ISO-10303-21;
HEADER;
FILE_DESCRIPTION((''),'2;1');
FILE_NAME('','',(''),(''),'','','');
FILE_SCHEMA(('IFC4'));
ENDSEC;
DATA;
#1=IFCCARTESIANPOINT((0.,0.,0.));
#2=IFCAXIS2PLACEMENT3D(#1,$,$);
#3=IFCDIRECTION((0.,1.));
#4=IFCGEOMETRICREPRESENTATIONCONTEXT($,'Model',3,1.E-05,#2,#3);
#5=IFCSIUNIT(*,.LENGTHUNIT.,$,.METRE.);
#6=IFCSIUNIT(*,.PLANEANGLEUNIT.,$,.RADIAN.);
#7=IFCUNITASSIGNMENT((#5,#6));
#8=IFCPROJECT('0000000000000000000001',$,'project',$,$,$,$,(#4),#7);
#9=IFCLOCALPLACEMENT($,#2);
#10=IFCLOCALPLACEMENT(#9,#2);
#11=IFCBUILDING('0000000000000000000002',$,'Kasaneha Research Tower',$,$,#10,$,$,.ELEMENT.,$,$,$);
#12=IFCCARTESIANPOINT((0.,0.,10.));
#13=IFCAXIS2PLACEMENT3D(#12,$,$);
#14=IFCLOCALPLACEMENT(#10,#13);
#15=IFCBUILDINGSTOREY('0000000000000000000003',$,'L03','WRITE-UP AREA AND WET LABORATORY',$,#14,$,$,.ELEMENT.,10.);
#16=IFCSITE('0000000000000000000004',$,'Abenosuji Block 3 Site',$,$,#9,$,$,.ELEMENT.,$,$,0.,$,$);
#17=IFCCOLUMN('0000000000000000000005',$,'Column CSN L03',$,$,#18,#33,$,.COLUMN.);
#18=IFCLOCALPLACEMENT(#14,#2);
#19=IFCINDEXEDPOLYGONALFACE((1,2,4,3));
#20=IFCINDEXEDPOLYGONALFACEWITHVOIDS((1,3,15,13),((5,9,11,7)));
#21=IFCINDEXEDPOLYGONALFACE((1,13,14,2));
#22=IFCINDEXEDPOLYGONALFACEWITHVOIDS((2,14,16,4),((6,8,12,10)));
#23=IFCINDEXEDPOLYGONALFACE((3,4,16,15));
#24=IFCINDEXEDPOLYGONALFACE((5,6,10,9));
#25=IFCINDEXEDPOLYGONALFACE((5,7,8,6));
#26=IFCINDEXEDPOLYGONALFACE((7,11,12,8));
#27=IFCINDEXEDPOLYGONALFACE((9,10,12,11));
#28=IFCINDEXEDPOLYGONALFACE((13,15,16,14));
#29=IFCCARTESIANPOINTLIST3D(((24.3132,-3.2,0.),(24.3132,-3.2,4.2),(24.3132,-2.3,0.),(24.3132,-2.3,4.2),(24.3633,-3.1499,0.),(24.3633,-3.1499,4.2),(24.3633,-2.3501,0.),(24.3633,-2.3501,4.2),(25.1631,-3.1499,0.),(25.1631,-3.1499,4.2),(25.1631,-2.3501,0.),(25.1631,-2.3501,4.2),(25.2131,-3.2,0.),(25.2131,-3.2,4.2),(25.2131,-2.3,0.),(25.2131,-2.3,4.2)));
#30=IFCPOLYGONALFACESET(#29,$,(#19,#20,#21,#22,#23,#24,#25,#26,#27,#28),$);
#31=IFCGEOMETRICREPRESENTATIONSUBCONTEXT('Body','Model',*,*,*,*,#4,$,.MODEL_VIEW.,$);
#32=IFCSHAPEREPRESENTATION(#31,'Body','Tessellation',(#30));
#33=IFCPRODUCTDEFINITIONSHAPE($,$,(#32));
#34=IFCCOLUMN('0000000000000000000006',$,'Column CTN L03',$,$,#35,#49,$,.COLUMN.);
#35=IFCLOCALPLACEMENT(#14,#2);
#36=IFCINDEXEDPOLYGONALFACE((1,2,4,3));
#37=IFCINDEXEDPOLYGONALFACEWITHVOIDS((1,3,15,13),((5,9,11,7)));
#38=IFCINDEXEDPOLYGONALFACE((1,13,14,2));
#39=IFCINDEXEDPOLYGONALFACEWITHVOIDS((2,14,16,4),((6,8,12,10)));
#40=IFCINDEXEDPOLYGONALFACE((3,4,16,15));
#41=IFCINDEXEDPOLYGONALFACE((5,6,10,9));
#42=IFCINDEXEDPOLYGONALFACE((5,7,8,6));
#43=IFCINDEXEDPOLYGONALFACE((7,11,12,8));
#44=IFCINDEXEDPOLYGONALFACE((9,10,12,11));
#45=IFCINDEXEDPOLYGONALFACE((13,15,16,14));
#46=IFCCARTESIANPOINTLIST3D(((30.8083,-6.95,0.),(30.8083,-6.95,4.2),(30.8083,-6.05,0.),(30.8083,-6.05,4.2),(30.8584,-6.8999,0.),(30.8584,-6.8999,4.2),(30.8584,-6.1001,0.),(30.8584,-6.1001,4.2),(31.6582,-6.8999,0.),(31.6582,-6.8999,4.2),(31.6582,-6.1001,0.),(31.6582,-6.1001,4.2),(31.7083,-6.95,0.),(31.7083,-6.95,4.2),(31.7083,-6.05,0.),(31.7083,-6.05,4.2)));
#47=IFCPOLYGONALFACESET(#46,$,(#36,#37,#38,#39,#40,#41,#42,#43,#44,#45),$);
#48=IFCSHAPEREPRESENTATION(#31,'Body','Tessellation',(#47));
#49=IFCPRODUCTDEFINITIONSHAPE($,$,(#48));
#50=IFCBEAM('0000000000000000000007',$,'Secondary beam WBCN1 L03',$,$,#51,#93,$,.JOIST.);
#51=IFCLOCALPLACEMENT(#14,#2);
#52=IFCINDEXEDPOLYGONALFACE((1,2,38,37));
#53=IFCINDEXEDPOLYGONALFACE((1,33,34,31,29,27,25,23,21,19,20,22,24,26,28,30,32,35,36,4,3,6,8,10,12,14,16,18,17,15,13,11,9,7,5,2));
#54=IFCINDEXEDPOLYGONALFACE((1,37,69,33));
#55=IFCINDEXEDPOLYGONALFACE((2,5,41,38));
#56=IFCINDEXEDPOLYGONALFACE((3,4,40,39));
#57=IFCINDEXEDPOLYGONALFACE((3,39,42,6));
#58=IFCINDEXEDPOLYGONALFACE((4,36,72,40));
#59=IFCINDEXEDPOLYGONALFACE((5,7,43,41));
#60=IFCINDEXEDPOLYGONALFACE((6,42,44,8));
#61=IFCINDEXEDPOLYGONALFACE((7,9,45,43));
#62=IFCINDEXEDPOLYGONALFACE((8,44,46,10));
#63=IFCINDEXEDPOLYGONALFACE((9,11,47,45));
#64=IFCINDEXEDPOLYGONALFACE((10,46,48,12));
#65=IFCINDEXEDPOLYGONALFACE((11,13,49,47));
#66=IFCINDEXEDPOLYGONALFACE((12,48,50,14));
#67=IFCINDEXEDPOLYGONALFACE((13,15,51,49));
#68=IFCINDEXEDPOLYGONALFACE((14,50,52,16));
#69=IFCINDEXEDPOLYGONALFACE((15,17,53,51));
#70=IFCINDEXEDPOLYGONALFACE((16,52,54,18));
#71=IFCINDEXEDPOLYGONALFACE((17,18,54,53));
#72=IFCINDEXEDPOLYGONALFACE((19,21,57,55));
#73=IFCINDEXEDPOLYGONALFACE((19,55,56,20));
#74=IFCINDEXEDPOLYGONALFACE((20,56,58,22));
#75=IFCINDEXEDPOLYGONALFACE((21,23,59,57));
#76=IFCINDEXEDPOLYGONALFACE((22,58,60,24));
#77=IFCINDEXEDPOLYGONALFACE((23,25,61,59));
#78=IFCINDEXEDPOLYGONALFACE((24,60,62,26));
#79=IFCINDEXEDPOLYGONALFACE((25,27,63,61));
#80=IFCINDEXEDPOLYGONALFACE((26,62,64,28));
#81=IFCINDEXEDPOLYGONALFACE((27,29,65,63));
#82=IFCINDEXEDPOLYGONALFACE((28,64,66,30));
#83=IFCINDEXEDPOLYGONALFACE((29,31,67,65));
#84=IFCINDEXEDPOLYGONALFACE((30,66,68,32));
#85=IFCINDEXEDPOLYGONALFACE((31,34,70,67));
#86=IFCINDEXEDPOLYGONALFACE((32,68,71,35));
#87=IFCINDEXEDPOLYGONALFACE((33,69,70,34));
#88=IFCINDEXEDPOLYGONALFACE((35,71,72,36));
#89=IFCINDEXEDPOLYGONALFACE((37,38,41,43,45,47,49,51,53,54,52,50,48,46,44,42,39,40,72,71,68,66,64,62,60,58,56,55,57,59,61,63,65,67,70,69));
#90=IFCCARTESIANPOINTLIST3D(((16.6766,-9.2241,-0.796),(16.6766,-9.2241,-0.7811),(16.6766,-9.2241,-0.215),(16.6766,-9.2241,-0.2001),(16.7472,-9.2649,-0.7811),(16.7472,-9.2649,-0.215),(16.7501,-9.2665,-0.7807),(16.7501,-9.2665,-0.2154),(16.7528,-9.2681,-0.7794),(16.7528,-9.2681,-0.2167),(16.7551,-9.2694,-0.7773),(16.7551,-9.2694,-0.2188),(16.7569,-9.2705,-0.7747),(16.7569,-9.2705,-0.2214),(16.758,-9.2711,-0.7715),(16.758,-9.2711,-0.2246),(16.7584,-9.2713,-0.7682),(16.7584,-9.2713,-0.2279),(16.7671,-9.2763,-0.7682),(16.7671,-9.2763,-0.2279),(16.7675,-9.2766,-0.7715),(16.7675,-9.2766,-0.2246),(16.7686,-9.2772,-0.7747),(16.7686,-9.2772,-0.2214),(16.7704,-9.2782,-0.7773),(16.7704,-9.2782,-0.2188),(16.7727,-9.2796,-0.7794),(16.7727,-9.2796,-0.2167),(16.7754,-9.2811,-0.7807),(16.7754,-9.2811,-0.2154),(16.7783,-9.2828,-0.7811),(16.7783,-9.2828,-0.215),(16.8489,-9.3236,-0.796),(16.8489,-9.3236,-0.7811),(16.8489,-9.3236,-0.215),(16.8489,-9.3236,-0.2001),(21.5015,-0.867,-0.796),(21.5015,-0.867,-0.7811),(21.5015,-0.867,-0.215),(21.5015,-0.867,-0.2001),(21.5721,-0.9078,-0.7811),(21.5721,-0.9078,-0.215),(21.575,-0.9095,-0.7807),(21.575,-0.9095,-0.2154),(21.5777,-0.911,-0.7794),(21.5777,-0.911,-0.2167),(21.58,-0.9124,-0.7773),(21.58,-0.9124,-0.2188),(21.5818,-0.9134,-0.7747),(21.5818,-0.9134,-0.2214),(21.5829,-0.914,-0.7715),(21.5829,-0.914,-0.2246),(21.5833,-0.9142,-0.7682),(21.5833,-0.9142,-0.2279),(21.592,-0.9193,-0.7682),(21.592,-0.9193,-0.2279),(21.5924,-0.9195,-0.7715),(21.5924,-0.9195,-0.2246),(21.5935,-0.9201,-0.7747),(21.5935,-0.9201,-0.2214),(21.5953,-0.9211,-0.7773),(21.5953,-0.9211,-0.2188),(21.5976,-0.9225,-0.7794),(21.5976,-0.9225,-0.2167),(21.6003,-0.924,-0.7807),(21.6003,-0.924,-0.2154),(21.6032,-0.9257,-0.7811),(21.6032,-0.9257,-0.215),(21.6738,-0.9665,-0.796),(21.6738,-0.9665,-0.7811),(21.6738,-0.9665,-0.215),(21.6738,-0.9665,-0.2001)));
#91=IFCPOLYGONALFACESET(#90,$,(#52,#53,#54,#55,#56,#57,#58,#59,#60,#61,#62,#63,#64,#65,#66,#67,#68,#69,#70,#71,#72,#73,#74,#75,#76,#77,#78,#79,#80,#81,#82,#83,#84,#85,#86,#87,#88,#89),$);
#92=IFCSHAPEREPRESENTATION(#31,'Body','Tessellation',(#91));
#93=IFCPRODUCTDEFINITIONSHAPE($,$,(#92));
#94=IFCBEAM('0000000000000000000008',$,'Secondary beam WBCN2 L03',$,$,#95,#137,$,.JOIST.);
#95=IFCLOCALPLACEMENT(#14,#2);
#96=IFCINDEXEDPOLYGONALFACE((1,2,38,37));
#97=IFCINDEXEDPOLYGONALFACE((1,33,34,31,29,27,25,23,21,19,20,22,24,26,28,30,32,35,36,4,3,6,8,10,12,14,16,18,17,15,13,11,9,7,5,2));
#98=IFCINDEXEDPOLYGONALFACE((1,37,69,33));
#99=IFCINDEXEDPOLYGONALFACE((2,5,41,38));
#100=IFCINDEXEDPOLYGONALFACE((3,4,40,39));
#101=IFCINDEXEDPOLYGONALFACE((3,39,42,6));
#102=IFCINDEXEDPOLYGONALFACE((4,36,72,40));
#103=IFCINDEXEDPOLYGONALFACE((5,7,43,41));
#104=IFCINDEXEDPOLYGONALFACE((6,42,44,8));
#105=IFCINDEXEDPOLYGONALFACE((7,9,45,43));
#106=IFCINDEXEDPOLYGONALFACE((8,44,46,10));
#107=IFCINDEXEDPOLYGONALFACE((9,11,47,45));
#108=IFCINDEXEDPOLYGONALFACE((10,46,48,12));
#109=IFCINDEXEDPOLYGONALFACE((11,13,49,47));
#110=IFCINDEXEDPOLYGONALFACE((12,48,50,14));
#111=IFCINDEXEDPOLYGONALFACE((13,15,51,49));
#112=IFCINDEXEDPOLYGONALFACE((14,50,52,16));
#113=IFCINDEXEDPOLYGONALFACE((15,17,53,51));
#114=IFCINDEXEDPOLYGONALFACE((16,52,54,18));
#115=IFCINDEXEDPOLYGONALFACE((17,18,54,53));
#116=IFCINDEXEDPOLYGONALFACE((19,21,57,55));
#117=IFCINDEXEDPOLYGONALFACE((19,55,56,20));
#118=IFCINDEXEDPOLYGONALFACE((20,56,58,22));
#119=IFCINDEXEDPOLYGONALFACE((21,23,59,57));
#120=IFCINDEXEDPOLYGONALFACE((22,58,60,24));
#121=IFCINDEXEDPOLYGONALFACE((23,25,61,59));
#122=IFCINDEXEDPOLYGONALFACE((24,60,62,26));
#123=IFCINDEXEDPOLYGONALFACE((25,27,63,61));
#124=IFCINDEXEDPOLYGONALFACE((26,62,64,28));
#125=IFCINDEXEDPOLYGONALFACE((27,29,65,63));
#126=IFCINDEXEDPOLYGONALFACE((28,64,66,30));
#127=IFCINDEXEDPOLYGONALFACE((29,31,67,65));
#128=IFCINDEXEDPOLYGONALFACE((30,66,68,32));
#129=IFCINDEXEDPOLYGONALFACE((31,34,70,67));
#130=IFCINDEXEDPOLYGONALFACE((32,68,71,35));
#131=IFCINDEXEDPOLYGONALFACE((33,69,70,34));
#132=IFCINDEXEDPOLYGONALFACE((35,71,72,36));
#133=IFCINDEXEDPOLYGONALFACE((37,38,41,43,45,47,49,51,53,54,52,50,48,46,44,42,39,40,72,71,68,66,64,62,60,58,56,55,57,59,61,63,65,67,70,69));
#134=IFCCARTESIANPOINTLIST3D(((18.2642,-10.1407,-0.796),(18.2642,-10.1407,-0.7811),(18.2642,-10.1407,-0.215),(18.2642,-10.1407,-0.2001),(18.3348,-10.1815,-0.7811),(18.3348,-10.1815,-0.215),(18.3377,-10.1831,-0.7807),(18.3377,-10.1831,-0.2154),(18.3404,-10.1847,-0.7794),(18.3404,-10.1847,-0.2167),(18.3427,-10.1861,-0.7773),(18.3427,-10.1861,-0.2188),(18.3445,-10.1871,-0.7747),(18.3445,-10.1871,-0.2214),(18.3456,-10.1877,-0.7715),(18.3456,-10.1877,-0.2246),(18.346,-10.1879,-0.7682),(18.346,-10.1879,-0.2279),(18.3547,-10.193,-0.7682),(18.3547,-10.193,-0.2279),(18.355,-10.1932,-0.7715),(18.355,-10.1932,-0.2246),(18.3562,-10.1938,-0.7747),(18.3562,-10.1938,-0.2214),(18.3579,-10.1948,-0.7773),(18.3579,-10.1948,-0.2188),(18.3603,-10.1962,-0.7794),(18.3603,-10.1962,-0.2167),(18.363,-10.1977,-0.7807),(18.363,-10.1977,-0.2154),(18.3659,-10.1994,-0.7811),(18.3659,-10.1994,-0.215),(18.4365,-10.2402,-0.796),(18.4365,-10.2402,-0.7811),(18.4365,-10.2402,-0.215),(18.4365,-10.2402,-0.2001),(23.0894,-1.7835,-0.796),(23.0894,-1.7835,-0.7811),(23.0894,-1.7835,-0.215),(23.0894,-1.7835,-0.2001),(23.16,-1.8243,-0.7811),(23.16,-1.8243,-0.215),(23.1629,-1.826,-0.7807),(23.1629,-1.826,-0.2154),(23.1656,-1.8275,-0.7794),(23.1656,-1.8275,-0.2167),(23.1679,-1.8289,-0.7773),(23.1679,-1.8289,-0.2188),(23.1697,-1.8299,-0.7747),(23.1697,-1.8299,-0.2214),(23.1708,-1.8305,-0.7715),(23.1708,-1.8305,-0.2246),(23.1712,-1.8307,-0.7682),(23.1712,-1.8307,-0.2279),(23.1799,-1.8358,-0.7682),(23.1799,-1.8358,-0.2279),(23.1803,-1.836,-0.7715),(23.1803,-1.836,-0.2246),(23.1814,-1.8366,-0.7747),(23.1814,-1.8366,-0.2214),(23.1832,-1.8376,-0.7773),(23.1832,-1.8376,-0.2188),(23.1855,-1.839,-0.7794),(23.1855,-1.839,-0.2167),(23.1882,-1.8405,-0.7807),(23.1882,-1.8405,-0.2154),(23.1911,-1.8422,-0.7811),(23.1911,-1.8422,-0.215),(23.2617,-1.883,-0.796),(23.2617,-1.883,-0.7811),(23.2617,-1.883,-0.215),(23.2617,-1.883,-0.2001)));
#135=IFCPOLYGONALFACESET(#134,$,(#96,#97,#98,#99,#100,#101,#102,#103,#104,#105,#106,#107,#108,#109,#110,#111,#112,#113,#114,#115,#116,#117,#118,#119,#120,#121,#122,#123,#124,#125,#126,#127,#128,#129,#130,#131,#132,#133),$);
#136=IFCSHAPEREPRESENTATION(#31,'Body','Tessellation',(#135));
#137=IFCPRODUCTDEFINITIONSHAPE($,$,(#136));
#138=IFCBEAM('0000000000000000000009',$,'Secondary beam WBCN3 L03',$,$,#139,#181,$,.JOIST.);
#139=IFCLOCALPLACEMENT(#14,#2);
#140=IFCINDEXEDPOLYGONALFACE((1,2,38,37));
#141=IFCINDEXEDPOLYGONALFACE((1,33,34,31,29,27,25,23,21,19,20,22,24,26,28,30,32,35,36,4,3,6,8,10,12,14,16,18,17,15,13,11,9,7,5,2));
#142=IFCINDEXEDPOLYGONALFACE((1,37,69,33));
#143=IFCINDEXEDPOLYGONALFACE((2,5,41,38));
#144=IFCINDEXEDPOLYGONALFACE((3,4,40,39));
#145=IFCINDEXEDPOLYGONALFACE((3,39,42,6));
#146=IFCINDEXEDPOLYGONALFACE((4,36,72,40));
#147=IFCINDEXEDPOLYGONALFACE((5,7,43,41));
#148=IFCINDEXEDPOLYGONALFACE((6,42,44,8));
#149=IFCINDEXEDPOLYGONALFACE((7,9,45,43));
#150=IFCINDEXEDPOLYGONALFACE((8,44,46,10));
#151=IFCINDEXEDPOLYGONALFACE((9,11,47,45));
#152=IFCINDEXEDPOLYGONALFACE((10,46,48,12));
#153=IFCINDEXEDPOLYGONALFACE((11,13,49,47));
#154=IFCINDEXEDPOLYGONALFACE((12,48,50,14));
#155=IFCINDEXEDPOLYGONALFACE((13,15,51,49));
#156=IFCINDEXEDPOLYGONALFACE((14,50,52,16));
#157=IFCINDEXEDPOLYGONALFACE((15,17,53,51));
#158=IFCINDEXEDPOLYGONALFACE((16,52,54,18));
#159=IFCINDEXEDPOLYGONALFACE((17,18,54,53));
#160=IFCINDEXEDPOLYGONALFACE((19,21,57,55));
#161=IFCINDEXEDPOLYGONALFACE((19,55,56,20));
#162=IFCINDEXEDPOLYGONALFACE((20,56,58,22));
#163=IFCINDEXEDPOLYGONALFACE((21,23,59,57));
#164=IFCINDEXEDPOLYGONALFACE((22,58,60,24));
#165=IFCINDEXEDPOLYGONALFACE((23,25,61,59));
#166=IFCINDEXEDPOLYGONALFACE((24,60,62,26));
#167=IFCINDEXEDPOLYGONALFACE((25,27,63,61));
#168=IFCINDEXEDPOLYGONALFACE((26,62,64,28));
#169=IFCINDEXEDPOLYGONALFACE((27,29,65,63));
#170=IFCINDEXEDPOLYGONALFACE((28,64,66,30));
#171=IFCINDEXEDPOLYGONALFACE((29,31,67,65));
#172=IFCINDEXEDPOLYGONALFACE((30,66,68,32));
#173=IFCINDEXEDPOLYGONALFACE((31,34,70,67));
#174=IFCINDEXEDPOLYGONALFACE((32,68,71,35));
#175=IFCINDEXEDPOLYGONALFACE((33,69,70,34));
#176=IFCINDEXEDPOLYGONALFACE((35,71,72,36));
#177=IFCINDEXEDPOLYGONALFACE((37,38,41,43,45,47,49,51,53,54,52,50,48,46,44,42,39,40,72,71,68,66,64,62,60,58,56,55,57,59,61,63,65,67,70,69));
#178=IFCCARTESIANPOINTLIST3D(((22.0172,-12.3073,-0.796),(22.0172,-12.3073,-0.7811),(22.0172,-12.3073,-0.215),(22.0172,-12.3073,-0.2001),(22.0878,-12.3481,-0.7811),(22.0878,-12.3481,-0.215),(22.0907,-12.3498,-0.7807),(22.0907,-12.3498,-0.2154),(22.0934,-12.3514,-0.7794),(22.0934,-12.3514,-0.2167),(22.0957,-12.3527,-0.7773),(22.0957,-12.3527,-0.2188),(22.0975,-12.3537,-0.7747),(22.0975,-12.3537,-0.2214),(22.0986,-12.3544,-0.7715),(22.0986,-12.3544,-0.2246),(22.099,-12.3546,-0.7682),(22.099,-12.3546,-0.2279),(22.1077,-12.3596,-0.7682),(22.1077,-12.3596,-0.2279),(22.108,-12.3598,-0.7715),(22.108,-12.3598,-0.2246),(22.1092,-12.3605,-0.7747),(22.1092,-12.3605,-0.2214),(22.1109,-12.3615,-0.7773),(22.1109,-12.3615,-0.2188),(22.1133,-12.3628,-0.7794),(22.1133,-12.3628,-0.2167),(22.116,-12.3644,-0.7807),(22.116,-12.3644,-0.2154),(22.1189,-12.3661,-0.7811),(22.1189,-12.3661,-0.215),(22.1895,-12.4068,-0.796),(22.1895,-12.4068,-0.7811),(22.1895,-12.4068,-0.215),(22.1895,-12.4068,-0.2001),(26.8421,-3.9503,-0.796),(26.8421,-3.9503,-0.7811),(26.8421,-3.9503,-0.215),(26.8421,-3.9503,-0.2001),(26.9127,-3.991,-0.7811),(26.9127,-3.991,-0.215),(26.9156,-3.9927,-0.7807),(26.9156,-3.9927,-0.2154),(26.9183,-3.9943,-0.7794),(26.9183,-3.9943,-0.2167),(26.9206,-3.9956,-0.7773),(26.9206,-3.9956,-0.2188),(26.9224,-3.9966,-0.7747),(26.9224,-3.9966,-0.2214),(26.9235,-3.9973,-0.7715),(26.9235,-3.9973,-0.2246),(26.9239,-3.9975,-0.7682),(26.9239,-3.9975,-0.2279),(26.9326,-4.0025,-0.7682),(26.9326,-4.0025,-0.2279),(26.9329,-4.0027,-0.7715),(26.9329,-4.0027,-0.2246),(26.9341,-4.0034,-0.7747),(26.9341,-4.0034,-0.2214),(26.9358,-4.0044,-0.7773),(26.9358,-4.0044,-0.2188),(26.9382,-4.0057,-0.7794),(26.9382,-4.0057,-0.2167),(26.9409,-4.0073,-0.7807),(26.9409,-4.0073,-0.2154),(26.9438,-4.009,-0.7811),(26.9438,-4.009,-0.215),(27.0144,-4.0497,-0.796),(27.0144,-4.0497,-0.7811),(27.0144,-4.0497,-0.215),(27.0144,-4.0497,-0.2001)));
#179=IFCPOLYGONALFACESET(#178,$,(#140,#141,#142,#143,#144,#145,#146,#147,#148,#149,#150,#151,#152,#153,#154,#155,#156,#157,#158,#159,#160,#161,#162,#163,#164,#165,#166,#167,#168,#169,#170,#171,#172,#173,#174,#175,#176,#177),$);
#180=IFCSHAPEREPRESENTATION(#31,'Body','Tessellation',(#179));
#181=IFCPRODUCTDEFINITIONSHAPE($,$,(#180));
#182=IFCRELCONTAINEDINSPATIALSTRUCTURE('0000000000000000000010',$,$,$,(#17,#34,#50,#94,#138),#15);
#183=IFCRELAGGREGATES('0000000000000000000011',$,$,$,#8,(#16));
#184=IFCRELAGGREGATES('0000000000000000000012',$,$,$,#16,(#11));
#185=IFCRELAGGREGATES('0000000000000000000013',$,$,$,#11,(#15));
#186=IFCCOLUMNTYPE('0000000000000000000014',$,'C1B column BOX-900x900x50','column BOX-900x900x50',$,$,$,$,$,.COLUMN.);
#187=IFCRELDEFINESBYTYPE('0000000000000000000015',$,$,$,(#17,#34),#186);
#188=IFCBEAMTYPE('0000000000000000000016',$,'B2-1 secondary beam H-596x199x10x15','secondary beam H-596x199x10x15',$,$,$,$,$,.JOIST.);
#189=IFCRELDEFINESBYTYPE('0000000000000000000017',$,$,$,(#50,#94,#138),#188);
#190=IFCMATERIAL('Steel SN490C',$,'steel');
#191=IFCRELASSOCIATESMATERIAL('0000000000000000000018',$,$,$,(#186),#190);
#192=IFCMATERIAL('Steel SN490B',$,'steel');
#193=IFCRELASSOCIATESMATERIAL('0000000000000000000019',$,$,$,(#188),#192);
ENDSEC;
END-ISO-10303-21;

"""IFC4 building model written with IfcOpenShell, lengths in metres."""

from ifc_helpers import new_model, si_unit, direction, frame, origin, origin_2d, place, context, subcontext, project, spatial, hollow_rectangle, i_section, extrude, material, material_profile, profile_set, type_object, element, save


model = new_model("IFC4")

# Units and contexts
model_context = context("Model", 3, precision=1e-05, world=origin(), true_north=direction((0.0, 1.0)))
body_context = subcontext(model_context, "Body", "Model", "MODEL_VIEW")
ifc_project = project(units=[si_unit("LENGTHUNIT", "METRE"), si_unit("PLANEANGLEUNIT", "RADIAN")], contexts=[model_context])

# Site, building, storey
site_placement = place(None, origin())
site = spatial("IfcSite", under=ifc_project, at=site_placement, Name="Abenosuji Block 3 Site", CompositionType="ELEMENT", RefElevation=0.0)
building_placement = place(site_placement, origin())
building = spatial("IfcBuilding", under=site, at=building_placement, Name="Kasaneha Research Tower", CompositionType="ELEMENT")
storey_placement = place(building_placement, frame((0.0, 0.0, 10.0)))
storey = spatial("IfcBuildingStorey", under=building, at=storey_placement, Name="L03", Description="WRITE-UP AREA AND WET LABORATORY", CompositionType="ELEMENT", Elevation=10.0)

# Columns
ifc_material_1 = material(Name="Steel SN490C", Category="steel")
ifc_material_profile_1 = material_profile(ifc_material_1, hollow_rectangle(XDim=0.8999, YDim=0.8999, WallThickness=0.05, at=origin_2d()), Name="BOX-900x900x50")
ifc_profile_set_1 = profile_set([ifc_material_profile_1], Name="Steel SN490C")
column_type = type_object("IfcColumnType", Name="C1B column BOX-900x900x50", Description="column BOX-900x900x50", PredefinedType="COLUMN", material=ifc_profile_set_1)
for number, where, z_axis, x_axis, name in (
    (1, (24.7632, -2.75, 0.0), (0.0, 0.0, 1.0), (1.0, 0.0, 0.0), "Column CSN L03"),
    (2, (31.2583, -6.5, 0.0), (0.0, 0.0, 1.0), (1.0, 0.0, 0.0), "Column CTN L03"),
):
    element("IfcColumn", number, at=place(storey_placement, frame(where, z_axis=z_axis, x_axis=x_axis)), inside=storey, type_object=column_type, Name=name, PredefinedType="COLUMN", context=body_context, shape_type="SweptSolid", body=[
        extrude(hollow_rectangle(XDim=0.8999, YDim=0.8999, WallThickness=0.05, at=origin_2d()), origin(), (0.0, 0.0, 1.0), 4.2),
    ])

# Beams
ifc_material_2 = material(Name="Steel SN490B", Category="steel")
ifc_material_profile_2 = material_profile(ifc_material_2, i_section(OverallWidth=0.199, OverallDepth=0.5959, WebThickness=0.01, FlangeThickness=0.0149, FilletRadius=0.0129, at=origin_2d()), Name="H-596x199x10x15")
ifc_profile_set_2 = profile_set([ifc_material_profile_2], Name="Steel SN490B")
beam_type_1 = type_object("IfcBeamType", Name="B2-1 secondary beam H-596x199x10x15", Description="secondary beam H-596x199x10x15", PredefinedType="JOIST", material=ifc_profile_set_2)
beam_1_placement = place(storey_placement, frame((21.5876, -0.9167, -0.498), z_axis=(-0.499995, -0.866028, 0.0), x_axis=(0.866028, -0.499995, 0.0)))
element("IfcBeam", 3, at=beam_1_placement, inside=storey, type_object=beam_type_1, Name="Secondary beam WBCN1 L03", PredefinedType="JOIST", context=body_context, shape_type="SweptSolid", body=[
    extrude(i_section(OverallWidth=0.199, OverallDepth=0.5959, WebThickness=0.01, FlangeThickness=0.0149, FilletRadius=0.0129, at=origin_2d()), origin(), (0.0, 0.0, 1.0), 9.6499),
])
beam_2_placement = place(storey_placement, frame((23.1755, -1.8333, -0.498), z_axis=(-0.500014, -0.866017, 0.0), x_axis=(0.866017, -0.500014, 0.0)))
element("IfcBeam", 4, at=beam_2_placement, inside=storey, type_object=beam_type_1, Name="Secondary beam WBCN2 L03", PredefinedType="JOIST", context=body_context, shape_type="SweptSolid", body=[
    extrude(i_section(OverallWidth=0.199, OverallDepth=0.5959, WebThickness=0.01, FlangeThickness=0.0149, FilletRadius=0.0129, at=origin_2d()), origin(), (0.0, 0.0, 1.0), 9.6501),
])
for number, where, z_axis, x_axis, name in (
    (5, (26.9282, -4.0, -0.498), (-0.499995, -0.866028, 0.0), (0.866028, -0.499995, 0.0), "Secondary beam WBCN3 L03"),
):
    element("IfcBeam", number, at=place(storey_placement, frame(where, z_axis=z_axis, x_axis=x_axis)), inside=storey, type_object=beam_type_1, Name=name, PredefinedType="JOIST", context=body_context, shape_type="SweptSolid", body=[
        extrude(i_section(OverallWidth=0.199, OverallDepth=0.5959, WebThickness=0.01, FlangeThickness=0.0149, FilletRadius=0.0129, at=origin_2d()), origin(), (0.0, 0.0, 1.0), 9.6499),
    ])

save(model, "model.ifc")
